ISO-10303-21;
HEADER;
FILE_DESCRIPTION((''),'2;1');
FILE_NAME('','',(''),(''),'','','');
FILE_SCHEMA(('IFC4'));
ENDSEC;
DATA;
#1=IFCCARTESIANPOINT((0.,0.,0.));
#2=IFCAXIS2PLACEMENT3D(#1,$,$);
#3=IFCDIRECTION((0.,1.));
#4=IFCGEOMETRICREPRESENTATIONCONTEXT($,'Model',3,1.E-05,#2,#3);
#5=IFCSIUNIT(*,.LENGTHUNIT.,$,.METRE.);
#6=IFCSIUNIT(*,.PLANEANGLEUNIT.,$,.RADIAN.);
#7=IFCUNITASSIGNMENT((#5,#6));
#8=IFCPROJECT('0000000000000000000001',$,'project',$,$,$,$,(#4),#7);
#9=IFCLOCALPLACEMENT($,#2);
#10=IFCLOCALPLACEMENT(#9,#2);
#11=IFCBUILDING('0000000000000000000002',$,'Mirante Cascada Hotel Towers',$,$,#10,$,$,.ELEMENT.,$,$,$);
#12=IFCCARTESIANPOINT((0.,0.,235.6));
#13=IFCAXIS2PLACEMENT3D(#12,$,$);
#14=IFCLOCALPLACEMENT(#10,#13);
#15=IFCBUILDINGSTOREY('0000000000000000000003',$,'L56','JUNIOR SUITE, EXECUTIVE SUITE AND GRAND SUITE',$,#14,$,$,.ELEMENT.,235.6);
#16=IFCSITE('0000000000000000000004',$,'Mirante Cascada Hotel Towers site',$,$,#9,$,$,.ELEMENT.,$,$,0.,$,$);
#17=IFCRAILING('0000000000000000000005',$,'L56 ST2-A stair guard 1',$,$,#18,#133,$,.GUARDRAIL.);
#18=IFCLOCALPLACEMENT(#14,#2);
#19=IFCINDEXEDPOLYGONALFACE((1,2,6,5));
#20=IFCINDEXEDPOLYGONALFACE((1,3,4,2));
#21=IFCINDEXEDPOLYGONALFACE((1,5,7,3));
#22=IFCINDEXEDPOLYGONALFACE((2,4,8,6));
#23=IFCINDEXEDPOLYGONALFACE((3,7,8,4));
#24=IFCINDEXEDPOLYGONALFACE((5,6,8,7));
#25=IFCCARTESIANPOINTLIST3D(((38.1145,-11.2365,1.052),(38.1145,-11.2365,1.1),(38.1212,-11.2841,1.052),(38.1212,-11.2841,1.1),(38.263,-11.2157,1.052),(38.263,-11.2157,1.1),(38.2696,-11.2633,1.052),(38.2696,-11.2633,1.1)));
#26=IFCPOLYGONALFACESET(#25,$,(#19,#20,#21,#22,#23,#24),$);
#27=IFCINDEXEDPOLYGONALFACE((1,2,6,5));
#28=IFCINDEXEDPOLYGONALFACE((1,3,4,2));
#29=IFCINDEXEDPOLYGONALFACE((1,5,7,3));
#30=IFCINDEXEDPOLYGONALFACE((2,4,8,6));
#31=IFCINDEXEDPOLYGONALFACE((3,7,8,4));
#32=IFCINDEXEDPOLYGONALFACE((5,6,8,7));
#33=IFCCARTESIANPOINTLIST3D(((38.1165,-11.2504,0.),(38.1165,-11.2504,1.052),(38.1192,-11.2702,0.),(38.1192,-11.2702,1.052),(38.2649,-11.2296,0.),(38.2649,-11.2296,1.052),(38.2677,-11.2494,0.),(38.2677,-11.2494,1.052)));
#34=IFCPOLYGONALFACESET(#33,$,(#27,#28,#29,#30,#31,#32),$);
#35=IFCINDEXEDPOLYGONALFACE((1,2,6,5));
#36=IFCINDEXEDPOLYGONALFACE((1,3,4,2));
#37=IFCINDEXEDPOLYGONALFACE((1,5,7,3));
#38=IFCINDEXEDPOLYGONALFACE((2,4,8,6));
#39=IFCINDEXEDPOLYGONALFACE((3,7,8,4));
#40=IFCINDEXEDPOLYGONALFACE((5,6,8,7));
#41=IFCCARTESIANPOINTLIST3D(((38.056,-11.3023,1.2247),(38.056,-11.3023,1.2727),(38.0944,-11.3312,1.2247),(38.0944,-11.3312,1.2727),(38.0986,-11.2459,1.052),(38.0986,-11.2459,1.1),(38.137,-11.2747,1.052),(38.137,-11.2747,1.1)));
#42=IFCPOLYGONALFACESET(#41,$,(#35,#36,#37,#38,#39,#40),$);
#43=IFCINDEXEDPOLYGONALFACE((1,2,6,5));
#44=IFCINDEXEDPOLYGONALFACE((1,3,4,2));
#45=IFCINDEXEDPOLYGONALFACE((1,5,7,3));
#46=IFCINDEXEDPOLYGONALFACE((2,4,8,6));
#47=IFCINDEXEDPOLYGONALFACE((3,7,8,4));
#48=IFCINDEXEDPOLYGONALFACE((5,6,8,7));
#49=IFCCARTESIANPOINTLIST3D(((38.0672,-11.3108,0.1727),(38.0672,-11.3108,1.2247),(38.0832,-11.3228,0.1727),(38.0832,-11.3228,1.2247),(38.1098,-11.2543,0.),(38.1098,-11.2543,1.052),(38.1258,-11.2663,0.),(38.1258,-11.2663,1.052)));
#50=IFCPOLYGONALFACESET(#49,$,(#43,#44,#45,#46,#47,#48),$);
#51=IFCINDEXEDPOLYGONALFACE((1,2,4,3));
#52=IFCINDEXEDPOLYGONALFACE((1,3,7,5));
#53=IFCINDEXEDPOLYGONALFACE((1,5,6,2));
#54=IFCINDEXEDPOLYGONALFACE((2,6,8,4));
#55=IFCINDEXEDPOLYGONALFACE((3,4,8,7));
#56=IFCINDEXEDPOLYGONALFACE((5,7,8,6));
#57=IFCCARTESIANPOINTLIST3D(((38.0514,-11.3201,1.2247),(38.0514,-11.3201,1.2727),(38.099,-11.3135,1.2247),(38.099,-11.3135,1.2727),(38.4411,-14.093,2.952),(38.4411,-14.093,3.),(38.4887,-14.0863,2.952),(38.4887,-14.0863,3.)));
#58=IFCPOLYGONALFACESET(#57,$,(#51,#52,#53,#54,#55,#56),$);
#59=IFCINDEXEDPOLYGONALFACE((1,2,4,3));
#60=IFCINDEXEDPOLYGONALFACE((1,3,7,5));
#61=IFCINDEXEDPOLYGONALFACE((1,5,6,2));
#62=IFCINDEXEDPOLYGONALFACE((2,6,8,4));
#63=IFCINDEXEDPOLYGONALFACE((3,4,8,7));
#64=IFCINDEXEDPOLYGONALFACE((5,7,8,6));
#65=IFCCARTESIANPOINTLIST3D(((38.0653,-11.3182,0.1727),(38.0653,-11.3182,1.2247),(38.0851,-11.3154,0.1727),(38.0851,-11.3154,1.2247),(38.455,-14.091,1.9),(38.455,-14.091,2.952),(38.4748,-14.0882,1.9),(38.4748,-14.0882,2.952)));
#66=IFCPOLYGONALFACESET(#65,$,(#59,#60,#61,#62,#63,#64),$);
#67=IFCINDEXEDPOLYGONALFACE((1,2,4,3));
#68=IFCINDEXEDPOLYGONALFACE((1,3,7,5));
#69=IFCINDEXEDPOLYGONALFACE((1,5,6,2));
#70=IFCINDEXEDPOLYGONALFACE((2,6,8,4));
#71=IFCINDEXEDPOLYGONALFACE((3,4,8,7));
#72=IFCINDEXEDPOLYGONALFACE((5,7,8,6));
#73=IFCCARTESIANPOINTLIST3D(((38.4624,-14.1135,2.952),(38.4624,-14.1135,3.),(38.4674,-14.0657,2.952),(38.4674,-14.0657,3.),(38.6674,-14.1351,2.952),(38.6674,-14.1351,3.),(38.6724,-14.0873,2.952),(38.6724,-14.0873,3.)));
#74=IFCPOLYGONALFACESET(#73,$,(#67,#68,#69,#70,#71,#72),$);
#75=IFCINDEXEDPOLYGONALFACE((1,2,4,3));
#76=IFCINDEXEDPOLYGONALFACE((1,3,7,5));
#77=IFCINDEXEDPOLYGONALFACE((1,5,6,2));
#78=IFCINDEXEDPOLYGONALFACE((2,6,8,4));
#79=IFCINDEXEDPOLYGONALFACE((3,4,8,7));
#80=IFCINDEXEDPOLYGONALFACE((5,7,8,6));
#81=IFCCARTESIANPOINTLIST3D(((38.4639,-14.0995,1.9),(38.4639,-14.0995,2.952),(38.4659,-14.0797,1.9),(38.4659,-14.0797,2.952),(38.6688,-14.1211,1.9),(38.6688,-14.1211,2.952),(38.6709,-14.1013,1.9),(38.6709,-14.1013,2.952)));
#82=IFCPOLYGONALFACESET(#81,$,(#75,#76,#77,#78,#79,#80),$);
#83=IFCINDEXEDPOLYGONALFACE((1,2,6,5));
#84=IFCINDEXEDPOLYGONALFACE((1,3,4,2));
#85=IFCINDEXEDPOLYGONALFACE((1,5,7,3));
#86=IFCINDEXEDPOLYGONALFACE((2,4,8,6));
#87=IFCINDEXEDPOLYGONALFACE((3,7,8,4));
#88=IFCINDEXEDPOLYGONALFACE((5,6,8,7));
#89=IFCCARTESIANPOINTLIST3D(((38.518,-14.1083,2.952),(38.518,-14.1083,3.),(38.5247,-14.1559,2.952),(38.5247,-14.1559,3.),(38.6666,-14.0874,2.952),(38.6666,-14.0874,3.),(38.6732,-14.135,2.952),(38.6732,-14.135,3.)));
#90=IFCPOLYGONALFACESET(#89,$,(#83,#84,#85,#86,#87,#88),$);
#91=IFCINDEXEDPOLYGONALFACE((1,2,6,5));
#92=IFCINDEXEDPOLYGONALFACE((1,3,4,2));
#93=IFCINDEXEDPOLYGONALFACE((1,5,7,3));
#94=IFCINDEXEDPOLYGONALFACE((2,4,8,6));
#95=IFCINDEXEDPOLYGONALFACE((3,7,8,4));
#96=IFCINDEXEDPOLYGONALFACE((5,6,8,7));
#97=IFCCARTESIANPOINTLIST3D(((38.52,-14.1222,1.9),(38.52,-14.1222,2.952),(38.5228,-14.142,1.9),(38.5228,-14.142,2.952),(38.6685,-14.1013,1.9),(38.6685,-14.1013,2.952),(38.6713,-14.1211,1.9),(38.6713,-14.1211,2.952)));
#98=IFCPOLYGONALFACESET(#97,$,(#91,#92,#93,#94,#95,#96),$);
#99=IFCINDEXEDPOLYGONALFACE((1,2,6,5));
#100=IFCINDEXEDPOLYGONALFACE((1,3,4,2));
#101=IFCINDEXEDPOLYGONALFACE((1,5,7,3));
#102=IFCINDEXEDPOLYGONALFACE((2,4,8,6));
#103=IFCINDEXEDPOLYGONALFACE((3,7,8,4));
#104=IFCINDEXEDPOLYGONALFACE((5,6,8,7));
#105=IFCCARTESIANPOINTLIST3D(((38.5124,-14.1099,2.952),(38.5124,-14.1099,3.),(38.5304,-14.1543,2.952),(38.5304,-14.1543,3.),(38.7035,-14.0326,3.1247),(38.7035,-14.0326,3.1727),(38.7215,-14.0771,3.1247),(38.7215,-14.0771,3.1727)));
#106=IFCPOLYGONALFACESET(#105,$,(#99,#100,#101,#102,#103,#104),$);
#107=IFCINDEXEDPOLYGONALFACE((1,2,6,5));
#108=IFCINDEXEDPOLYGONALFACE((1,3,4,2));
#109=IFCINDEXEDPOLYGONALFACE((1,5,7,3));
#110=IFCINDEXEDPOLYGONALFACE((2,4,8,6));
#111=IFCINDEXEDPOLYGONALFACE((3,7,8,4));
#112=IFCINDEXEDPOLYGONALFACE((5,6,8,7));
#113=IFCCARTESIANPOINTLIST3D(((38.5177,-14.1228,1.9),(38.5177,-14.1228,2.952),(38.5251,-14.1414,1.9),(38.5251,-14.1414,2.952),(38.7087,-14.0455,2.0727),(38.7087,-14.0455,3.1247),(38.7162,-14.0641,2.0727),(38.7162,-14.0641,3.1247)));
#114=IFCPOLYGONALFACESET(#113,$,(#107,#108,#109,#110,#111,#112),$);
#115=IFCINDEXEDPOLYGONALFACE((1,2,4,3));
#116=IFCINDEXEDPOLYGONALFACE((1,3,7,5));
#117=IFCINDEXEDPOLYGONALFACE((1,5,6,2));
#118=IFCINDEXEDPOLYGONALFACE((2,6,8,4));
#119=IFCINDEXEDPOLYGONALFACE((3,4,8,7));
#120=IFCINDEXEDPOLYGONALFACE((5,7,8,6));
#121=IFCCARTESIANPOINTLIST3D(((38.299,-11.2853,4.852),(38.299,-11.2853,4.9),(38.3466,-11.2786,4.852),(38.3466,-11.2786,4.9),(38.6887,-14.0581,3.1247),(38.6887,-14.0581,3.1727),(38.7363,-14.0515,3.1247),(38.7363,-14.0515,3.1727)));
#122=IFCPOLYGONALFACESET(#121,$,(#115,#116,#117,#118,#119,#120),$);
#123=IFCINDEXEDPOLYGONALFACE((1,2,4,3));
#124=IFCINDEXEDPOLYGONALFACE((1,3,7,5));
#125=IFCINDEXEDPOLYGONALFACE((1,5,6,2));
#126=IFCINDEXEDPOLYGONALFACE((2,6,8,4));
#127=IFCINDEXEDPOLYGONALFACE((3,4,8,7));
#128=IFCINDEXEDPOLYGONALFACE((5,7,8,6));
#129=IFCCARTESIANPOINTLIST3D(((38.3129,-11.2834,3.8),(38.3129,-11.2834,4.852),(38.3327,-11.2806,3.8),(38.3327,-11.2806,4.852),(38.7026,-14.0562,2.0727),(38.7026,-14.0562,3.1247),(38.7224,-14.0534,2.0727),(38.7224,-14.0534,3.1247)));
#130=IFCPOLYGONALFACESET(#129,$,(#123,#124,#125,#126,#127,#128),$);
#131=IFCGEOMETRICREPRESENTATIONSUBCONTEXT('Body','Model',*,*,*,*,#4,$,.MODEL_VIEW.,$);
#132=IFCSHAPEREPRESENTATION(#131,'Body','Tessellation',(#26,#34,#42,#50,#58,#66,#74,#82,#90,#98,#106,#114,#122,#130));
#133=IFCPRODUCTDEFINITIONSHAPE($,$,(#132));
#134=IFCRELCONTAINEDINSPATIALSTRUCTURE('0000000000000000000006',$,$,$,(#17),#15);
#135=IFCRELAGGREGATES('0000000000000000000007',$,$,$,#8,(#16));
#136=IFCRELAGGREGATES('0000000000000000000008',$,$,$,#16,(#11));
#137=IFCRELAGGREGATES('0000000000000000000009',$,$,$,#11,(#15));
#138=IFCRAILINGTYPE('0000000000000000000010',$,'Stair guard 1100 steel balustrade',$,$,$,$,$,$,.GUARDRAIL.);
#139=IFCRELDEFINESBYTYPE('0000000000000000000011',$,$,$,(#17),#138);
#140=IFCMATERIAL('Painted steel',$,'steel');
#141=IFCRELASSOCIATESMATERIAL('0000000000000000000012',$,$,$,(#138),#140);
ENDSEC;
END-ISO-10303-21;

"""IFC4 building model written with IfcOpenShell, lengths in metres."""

from ifc_helpers import new_model, si_unit, direction, frame, origin, origin_2d, place, context, subcontext, project, spatial, rectangle, extrude, material, type_object, element, save


model = new_model("IFC4")

# Units and contexts
model_context = context("Model", 3, precision=1e-05, world=origin(), true_north=direction((0.0, 1.0)))
body_context = subcontext(model_context, "Body", "Model", "MODEL_VIEW")
ifc_project = project(units=[si_unit("LENGTHUNIT", "METRE"), si_unit("PLANEANGLEUNIT", "RADIAN")], contexts=[model_context])

# Site, building, storey
site_placement = place(None, origin())
site = spatial("IfcSite", under=ifc_project, at=site_placement, Name="Mirante Cascada Hotel Towers site", CompositionType="ELEMENT", RefElevation=0.0)
building_placement = place(site_placement, origin())
building = spatial("IfcBuilding", under=site, at=building_placement, Name="Mirante Cascada Hotel Towers", CompositionType="ELEMENT")
storey_placement = place(building_placement, frame((0.0, 0.0, 235.6)))
storey = spatial("IfcBuildingStorey", under=building, at=storey_placement, Name="L56", Description="JUNIOR SUITE, EXECUTIVE SUITE AND GRAND SUITE", CompositionType="ELEMENT", Elevation=235.6)

# Railing
ifc_material_1 = material(Name="Painted steel", Category="steel")
railing_type_1 = type_object("IfcRailingType", Name="Stair guard 1100 steel balustrade", PredefinedType="GUARDRAIL", material=ifc_material_1)
railing_1_placement = place(storey_placement, frame((38.2663, -11.2395, 0.0)))
element("IfcRailing", 1, at=railing_1_placement, inside=storey, type_object=railing_type_1, Name="L56 ST2-A stair guard 1", PredefinedType="GUARDRAIL", context=body_context, shape_type="SweptSolid", body=[
    extrude(rectangle(XDim=0.048, YDim=0.048, at=origin_2d()), frame((0.0, 0.0, 1.076), z_axis=(-0.990333, -0.138713, 0.0), x_axis=(0.138713, -0.990333, 0.0)), (0.0, 0.0, 1.0), 0.1499),
    extrude(rectangle(XDim=0.02, YDim=1.052, at=origin_2d()), frame((0.0, 0.0, 0.526), z_axis=(-0.990333, -0.138713, 0.0), x_axis=(0.138713, -0.990333, 0.0)), (0.0, 0.0, 1.0), 0.1499),
    extrude(rectangle(XDim=0.048, YDim=0.048, at=origin_2d()), frame((-0.1485, -0.0208, 1.076), z_axis=(-0.602033, -0.798471, 0.0), x_axis=(0.798471, -0.602033, 0.0)), (0.0, 0.92534, 0.379139), 0.1866),
    extrude(rectangle(XDim=0.02, YDim=1.052, at=origin_2d()), frame((-0.1485, -0.0208, 0.526), z_axis=(-0.602033, -0.798471, 0.0), x_axis=(0.798471, -0.602033, 0.0)), (0.0, 0.92534, 0.379139), 0.1866),
    extrude(rectangle(XDim=0.048, YDim=0.048, at=origin_2d()), frame((-0.1911, -0.0773, 1.2487), z_axis=(0.139176, -0.990268, 0.0), x_axis=(0.990268, 0.139176, 0.0)), (0.0, 0.525021, 0.851089), 3.29),
    extrude(rectangle(XDim=0.02, YDim=1.052, at=origin_2d()), frame((-0.1911, -0.0773, 0.6987), z_axis=(0.139176, -0.990268, 0.0), x_axis=(0.990268, 0.139176, 0.0)), (0.0, 0.525021, 0.851089), 3.29),
    extrude(rectangle(XDim=0.048, YDim=0.048, at=origin_2d()), frame((0.1986, -2.8501, 2.976), z_axis=(0.994495, -0.104786, 0.0), x_axis=(0.104786, 0.994495, 0.0)), (0.0, 0.0, 1.0), 0.2061),
    extrude(rectangle(XDim=0.02, YDim=1.052, at=origin_2d()), frame((0.1986, -2.8501, 2.426), z_axis=(0.994495, -0.104786, 0.0), x_axis=(0.104786, 0.994495, 0.0)), (0.0, 0.0, 1.0), 0.2061),
    extrude(rectangle(XDim=0.048, YDim=0.048, at=origin_2d()), frame((0.4036, -2.8717, 2.976), z_axis=(-0.990241, -0.139367, 0.0), x_axis=(0.139367, -0.990241, 0.0)), (0.0, 0.0, 1.0), 0.15),
    extrude(rectangle(XDim=0.02, YDim=1.052, at=origin_2d()), frame((0.4036, -2.8717, 2.426), z_axis=(-0.990241, -0.139367, 0.0), x_axis=(0.139367, -0.990241, 0.0)), (0.0, 0.0, 1.0), 0.15),
    extrude(rectangle(XDim=0.048, YDim=0.048, at=origin_2d()), frame((0.2551, -2.8926, 2.976), z_axis=(0.927031, 0.374984, 0.0), x_axis=(-0.374984, 0.927031, 0.0)), (0.0, 0.64219, 0.766545), 0.2689),
    extrude(rectangle(XDim=0.02, YDim=1.052, at=origin_2d()), frame((0.2551, -2.8926, 2.426), z_axis=(0.927031, 0.374984, 0.0), x_axis=(-0.374984, 0.927031, 0.0)), (0.0, 0.64219, 0.766545), 0.2689),
    extrude(rectangle(XDim=0.048, YDim=0.048, at=origin_2d()), frame((0.4462, -2.8153, 3.1487), z_axis=(-0.139176, 0.990268, 0.0), x_axis=(-0.990268, -0.139176, 0.0)), (0.0, 0.525021, 0.851089), 3.29),
    extrude(rectangle(XDim=0.02, YDim=1.052, at=origin_2d()), frame((0.4462, -2.8153, 2.5987), z_axis=(-0.139176, 0.990268, 0.0), x_axis=(-0.990268, -0.139176, 0.0)), (0.0, 0.525021, 0.851089), 3.29),
])

save(model, "model.ifc")
